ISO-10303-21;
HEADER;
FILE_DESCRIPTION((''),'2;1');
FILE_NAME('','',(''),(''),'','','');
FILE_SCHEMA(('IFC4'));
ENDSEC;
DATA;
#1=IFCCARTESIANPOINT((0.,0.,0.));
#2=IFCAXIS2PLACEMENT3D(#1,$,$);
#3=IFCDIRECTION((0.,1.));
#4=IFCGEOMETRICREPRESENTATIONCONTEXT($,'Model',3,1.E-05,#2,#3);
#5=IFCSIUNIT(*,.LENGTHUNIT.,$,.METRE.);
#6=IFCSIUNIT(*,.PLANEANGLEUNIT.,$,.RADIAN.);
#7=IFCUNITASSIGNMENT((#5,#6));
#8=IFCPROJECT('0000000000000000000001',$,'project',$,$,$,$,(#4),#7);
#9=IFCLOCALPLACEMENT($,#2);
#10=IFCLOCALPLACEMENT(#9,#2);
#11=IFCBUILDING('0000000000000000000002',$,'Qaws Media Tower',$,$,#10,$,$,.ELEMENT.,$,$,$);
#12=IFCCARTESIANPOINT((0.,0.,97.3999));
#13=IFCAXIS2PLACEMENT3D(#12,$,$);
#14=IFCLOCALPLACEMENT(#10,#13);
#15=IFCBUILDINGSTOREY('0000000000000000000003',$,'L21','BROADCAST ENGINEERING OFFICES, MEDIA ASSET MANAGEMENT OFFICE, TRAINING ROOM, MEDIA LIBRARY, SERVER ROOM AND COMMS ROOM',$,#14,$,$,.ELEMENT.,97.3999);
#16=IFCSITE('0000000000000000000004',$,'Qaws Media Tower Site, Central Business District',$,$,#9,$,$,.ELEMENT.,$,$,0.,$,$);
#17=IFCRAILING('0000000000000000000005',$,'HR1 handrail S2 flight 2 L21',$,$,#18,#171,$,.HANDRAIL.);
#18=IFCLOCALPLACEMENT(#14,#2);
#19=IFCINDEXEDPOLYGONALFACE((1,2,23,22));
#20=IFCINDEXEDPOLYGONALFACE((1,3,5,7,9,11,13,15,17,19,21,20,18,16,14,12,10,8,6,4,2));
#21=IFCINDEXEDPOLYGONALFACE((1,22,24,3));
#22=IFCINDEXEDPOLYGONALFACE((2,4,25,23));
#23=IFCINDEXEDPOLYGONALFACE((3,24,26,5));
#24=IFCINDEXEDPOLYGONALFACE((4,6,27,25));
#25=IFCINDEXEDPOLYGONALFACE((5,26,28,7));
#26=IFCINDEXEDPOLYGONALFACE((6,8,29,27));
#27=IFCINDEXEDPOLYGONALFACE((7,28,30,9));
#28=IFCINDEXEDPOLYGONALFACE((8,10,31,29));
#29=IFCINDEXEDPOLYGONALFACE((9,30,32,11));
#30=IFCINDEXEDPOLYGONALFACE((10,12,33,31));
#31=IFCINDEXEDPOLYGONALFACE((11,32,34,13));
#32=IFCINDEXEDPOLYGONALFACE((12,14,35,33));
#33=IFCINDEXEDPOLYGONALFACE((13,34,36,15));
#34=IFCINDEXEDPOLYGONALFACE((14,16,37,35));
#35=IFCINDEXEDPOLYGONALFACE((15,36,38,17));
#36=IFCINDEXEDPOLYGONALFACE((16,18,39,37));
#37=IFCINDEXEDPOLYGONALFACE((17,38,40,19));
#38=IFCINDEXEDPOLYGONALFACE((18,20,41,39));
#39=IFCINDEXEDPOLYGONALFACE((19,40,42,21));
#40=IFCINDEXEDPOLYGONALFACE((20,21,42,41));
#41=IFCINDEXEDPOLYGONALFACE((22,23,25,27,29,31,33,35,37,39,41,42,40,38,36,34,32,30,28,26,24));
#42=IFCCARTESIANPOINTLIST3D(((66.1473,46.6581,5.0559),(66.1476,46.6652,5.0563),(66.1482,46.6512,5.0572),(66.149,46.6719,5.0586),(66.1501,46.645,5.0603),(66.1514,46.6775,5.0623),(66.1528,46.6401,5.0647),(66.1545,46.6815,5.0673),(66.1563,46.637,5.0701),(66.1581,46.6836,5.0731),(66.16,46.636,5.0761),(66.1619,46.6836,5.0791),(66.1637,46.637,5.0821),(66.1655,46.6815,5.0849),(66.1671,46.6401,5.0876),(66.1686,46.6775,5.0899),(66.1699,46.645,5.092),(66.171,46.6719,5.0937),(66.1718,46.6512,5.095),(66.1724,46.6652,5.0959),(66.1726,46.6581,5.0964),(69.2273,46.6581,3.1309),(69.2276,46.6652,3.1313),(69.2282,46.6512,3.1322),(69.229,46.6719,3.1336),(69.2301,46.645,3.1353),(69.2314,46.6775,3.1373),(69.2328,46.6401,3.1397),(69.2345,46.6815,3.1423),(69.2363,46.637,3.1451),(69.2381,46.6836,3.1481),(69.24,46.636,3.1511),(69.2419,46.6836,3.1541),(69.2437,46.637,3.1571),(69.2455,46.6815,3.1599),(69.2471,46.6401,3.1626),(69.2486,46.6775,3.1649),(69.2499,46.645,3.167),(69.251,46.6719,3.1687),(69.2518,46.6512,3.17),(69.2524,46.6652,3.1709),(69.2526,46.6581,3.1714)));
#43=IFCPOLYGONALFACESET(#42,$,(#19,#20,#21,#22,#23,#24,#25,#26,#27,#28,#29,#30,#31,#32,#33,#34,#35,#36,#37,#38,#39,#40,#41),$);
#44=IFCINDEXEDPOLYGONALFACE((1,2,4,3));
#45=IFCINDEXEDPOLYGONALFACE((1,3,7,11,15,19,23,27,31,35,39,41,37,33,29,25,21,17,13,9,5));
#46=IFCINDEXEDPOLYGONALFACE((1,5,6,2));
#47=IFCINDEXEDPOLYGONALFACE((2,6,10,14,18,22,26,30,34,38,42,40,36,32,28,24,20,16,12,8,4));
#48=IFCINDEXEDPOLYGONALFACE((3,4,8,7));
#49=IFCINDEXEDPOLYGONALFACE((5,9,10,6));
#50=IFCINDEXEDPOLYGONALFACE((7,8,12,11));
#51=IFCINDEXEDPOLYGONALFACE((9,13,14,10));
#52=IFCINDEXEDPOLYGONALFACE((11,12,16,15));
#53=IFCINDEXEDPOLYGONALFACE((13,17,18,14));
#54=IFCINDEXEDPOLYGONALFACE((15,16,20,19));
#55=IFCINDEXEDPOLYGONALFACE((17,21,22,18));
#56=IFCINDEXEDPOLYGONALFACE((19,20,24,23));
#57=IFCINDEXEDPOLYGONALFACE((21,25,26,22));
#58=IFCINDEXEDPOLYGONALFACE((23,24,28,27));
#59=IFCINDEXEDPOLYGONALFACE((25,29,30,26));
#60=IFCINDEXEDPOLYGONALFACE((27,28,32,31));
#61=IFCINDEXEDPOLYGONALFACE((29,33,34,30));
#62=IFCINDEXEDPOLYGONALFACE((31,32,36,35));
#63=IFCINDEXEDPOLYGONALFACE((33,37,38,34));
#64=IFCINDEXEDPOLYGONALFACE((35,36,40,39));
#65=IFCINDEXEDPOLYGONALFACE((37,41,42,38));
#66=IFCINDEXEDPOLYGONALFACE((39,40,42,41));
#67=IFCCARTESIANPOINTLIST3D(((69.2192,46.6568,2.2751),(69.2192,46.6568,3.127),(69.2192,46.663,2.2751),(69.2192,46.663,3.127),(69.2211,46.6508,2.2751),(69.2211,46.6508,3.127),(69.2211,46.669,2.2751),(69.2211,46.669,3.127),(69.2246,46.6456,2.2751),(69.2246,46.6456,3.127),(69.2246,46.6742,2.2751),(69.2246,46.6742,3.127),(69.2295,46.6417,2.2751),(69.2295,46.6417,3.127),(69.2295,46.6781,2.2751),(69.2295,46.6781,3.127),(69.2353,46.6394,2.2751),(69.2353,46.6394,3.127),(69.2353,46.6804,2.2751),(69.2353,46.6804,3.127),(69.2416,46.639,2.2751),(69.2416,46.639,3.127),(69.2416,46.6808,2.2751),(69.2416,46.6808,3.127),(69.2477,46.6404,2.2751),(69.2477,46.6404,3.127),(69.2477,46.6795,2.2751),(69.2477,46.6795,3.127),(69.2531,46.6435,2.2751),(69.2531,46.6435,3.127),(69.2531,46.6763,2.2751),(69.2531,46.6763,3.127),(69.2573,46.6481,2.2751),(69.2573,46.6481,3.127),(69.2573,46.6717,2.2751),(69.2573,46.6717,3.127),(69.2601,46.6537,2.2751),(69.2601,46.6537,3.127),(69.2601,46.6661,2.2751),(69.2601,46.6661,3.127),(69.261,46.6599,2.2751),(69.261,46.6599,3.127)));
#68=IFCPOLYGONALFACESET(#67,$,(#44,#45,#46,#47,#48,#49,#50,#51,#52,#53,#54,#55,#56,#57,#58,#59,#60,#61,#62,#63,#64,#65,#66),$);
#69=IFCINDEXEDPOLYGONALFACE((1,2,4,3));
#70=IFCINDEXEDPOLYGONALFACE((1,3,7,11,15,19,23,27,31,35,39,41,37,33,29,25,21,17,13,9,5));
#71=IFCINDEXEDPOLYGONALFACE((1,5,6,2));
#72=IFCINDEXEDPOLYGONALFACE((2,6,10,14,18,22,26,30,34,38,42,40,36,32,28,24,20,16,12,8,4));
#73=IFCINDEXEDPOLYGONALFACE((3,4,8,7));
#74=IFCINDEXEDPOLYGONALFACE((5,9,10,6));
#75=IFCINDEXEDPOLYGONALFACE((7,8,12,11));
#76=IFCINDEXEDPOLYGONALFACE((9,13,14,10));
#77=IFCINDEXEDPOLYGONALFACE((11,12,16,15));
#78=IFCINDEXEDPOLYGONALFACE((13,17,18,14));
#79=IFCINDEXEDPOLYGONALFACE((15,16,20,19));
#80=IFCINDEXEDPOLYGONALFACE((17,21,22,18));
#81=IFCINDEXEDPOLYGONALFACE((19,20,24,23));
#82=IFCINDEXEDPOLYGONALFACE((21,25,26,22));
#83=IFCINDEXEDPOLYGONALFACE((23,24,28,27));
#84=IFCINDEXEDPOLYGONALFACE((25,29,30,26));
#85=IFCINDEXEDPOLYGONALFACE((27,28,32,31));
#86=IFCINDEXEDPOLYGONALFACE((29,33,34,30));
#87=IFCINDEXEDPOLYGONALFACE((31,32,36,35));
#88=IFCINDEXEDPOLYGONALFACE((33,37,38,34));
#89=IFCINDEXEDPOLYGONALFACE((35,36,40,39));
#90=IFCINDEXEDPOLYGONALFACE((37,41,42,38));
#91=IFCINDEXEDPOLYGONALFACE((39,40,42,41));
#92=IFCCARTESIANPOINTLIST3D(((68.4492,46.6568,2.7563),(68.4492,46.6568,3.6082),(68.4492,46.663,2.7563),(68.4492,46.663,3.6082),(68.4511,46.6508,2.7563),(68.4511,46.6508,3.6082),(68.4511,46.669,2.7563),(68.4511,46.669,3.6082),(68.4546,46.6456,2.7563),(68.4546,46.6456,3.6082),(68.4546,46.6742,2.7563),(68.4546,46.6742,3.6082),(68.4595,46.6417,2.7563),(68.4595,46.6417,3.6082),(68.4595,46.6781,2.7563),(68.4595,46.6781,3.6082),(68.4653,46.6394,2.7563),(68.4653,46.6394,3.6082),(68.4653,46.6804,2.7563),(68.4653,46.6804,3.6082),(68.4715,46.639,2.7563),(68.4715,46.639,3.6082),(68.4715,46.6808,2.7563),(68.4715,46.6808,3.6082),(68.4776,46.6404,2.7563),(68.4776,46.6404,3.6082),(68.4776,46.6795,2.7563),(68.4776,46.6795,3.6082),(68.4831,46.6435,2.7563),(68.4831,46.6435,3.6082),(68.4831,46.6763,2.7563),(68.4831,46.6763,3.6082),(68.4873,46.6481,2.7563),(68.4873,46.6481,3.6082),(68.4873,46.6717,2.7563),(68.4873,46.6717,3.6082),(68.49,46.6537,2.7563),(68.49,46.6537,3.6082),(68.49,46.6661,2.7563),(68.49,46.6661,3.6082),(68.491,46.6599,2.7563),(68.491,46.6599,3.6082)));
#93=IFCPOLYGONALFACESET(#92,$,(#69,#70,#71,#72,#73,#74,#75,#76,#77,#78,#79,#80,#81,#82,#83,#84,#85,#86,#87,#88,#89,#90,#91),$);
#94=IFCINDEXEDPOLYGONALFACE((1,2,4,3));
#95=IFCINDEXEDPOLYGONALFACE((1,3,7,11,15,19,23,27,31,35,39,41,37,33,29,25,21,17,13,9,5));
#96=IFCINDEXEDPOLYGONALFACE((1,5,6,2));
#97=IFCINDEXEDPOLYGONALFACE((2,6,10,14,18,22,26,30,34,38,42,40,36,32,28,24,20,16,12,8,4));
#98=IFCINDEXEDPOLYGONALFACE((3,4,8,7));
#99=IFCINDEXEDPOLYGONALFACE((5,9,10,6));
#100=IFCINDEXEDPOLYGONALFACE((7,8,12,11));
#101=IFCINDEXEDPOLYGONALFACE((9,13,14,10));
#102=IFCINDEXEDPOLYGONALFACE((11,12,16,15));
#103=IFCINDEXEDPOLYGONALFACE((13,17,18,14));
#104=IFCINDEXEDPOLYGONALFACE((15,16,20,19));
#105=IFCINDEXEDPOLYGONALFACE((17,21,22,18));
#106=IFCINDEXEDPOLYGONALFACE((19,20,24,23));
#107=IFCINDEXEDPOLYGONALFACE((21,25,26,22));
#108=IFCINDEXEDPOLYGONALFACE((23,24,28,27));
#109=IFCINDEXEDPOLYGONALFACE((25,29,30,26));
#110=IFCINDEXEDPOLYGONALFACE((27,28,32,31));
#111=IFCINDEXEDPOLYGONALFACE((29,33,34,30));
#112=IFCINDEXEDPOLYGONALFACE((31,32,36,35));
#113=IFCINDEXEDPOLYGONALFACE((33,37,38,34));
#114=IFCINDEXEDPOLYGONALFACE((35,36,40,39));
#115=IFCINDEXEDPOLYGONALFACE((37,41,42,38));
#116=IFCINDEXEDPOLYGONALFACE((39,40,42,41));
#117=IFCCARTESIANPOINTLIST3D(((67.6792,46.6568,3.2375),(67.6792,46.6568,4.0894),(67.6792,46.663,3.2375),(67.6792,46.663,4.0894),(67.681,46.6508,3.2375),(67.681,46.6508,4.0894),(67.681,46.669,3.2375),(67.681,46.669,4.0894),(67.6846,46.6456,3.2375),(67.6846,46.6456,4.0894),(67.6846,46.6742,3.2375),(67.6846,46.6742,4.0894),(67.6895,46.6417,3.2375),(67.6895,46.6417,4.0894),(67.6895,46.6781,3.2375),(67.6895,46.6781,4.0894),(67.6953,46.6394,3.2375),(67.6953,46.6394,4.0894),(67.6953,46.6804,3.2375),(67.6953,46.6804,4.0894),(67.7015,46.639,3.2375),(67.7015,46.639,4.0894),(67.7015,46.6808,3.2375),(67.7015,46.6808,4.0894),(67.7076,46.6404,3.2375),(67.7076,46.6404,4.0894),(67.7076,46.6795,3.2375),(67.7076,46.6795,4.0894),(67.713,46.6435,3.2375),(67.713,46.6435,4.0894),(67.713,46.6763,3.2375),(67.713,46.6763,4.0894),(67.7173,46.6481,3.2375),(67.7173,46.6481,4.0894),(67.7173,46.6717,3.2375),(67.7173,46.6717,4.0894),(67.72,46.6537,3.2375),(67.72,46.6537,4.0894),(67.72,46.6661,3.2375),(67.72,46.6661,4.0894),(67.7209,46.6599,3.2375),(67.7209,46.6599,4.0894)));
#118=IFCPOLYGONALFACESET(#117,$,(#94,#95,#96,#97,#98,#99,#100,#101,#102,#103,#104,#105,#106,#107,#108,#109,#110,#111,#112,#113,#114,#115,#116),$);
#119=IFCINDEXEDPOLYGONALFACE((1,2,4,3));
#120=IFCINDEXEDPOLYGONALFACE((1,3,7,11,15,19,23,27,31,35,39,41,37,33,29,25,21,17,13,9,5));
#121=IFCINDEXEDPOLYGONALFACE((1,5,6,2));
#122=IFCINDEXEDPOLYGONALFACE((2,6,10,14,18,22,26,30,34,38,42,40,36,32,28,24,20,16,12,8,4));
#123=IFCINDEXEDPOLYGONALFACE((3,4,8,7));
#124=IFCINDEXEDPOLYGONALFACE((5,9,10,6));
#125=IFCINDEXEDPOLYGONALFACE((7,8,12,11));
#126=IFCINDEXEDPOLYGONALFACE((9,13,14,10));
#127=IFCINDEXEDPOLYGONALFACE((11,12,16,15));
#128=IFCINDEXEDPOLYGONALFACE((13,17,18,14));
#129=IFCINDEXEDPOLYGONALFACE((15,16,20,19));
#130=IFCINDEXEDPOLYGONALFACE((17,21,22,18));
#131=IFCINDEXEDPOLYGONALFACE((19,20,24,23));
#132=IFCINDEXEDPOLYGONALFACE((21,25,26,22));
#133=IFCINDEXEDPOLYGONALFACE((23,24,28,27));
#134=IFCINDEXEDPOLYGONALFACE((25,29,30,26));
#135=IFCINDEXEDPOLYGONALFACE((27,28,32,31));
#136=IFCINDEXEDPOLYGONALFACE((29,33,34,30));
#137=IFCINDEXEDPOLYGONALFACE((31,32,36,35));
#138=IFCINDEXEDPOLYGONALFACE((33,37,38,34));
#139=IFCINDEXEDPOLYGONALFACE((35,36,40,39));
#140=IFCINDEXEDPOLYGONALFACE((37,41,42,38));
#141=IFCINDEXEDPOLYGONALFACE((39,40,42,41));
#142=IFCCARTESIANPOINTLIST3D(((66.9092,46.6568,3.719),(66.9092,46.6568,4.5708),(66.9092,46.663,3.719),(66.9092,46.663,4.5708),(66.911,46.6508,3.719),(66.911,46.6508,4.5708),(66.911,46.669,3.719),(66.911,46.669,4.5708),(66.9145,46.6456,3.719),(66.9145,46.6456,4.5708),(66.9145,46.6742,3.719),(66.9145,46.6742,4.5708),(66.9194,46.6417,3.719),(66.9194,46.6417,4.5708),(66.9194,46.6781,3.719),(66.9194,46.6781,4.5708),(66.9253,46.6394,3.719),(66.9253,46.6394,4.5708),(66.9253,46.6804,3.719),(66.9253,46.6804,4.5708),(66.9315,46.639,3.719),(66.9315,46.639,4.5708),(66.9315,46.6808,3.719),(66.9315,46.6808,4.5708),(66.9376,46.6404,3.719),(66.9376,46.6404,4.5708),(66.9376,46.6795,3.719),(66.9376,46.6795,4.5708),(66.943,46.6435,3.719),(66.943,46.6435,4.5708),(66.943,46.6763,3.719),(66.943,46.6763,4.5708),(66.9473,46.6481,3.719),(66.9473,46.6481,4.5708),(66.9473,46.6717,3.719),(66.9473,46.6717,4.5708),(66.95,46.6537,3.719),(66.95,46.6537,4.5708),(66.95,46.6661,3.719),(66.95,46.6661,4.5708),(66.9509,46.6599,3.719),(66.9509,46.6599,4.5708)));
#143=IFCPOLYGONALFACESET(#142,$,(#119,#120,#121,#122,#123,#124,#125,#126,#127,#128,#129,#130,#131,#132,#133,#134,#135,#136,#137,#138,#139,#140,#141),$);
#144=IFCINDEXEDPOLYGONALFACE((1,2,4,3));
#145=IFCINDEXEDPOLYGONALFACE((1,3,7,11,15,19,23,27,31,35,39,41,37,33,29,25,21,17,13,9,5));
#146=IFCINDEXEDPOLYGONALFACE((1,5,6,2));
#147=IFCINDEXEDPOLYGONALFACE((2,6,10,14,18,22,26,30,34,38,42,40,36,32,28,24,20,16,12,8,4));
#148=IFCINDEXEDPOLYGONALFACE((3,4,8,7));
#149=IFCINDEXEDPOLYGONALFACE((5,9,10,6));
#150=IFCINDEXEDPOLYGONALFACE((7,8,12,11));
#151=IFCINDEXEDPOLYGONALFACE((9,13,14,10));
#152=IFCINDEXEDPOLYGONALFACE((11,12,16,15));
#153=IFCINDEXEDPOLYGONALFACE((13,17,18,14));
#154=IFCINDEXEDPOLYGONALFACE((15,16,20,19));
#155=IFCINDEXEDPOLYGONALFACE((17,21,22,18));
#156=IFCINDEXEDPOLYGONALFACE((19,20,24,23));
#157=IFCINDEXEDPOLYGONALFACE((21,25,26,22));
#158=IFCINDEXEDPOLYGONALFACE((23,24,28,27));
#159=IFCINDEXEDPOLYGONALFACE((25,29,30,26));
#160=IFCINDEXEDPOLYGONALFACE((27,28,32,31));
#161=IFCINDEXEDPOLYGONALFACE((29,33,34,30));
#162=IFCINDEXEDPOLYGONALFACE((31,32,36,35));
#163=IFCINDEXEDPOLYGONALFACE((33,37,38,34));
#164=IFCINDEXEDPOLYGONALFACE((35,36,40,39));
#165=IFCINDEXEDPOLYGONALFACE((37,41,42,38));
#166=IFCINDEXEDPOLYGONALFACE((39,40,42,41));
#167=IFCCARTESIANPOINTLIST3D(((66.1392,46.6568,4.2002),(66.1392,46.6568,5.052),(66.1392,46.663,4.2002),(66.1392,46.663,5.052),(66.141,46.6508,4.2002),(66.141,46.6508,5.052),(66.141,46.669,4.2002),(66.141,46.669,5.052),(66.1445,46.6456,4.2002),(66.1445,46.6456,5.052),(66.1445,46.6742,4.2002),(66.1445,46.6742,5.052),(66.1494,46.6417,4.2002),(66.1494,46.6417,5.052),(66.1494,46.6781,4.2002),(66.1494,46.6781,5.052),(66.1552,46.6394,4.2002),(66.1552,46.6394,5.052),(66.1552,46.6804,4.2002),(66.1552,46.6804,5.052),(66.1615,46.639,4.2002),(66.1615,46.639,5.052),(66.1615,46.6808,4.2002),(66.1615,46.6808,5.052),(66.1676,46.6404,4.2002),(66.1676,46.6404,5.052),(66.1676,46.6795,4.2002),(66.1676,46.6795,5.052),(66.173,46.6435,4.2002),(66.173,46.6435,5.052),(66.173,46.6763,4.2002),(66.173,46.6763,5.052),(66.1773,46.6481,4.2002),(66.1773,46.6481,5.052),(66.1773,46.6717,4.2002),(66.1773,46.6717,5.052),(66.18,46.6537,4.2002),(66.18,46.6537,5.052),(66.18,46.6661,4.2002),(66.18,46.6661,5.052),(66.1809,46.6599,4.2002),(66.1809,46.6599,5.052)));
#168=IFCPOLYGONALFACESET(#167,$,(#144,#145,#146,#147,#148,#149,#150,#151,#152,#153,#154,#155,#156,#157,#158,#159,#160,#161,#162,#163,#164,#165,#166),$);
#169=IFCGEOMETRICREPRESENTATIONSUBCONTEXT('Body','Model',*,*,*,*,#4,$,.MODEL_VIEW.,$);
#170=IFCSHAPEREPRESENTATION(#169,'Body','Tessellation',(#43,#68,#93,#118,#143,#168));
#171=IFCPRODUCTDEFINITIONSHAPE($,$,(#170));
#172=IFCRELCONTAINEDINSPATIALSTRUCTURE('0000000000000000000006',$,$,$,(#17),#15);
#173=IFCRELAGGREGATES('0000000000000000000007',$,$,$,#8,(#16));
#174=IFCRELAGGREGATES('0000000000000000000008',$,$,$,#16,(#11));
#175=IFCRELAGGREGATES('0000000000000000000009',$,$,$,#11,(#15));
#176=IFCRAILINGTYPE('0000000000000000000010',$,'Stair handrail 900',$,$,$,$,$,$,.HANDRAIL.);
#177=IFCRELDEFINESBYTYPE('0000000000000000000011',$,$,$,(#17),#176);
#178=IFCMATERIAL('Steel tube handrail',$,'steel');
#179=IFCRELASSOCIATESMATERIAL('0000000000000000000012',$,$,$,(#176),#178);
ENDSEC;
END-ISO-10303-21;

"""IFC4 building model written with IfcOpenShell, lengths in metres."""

from ifc_helpers import new_model, si_unit, direction, frame, origin, origin_2d, place, context, subcontext, project, spatial, circle, extrude, material, type_object, element, save


model = new_model("IFC4")

# Units and contexts
model_context = context("Model", 3, precision=1e-05, world=origin(), true_north=direction((0.0, 1.0)))
body_context = subcontext(model_context, "Body", "Model", "MODEL_VIEW")
ifc_project = project(units=[si_unit("LENGTHUNIT", "METRE"), si_unit("PLANEANGLEUNIT", "RADIAN")], contexts=[model_context])

# Site, building, storey
site_placement = place(None, origin())
site = spatial("IfcSite", under=ifc_project, at=site_placement, Name="Qaws Media Tower Site, Central Business District", CompositionType="ELEMENT", RefElevation=0.0)
building_placement = place(site_placement, origin())
building = spatial("IfcBuilding", under=site, at=building_placement, Name="Qaws Media Tower", CompositionType="ELEMENT")
storey_placement = place(building_placement, frame((0.0, 0.0, 97.3999)))
storey = spatial("IfcBuildingStorey", under=building, at=storey_placement, Name="L21", Description="BROADCAST ENGINEERING OFFICES, MEDIA ASSET MANAGEMENT OFFICE, TRAINING ROOM, MEDIA LIBRARY, SERVER ROOM AND COMMS ROOM", CompositionType="ELEMENT", Elevation=97.3999)

# Railing
ifc_material_1 = material(Name="Steel tube handrail", Category="steel")
railing_type = type_object("IfcRailingType", Name="Stair handrail 900", PredefinedType="HANDRAIL", material=ifc_material_1)
for number, where, name in (
    (1, (69.24, 46.6599, 2.2751), "HR1 handrail S2 flight 2 L21"),
):
    element("IfcRailing", number, at=place(storey_placement, frame(where)), inside=storey, type_object=railing_type, Name=name, PredefinedType="HANDRAIL", context=body_context, shape_type="SweptSolid", body=[
        extrude(circle(Radius=0.0239, at=origin_2d()), frame((0.0, 0.0, 0.876), z_axis=(-0.847998, 0.0, 0.529999), x_axis=(0.0, -1.0, 0.0)), (0.0, 0.0, 1.0), 3.6321),
        extrude(circle(Radius=0.021, at=origin_2d()), origin(), (0.0, 0.0, 1.0), 0.8518),
        extrude(circle(Radius=0.021, at=origin_2d()), frame((-0.77, 0.0, 0.4812)), (0.0, 0.0, 1.0), 0.8518),
        extrude(circle(Radius=0.021, at=origin_2d()), frame((-1.54, 0.0, 0.9624)), (0.0, 0.0, 1.0), 0.8518),
        extrude(circle(Radius=0.021, at=origin_2d()), frame((-2.3101, 0.0, 1.4438)), (0.0, 0.0, 1.0), 0.8518),
        extrude(circle(Radius=0.021, at=origin_2d()), frame((-3.0801, 0.0, 1.925)), (0.0, 0.0, 1.0), 0.8518),
    ])

save(model, "model.ifc")
